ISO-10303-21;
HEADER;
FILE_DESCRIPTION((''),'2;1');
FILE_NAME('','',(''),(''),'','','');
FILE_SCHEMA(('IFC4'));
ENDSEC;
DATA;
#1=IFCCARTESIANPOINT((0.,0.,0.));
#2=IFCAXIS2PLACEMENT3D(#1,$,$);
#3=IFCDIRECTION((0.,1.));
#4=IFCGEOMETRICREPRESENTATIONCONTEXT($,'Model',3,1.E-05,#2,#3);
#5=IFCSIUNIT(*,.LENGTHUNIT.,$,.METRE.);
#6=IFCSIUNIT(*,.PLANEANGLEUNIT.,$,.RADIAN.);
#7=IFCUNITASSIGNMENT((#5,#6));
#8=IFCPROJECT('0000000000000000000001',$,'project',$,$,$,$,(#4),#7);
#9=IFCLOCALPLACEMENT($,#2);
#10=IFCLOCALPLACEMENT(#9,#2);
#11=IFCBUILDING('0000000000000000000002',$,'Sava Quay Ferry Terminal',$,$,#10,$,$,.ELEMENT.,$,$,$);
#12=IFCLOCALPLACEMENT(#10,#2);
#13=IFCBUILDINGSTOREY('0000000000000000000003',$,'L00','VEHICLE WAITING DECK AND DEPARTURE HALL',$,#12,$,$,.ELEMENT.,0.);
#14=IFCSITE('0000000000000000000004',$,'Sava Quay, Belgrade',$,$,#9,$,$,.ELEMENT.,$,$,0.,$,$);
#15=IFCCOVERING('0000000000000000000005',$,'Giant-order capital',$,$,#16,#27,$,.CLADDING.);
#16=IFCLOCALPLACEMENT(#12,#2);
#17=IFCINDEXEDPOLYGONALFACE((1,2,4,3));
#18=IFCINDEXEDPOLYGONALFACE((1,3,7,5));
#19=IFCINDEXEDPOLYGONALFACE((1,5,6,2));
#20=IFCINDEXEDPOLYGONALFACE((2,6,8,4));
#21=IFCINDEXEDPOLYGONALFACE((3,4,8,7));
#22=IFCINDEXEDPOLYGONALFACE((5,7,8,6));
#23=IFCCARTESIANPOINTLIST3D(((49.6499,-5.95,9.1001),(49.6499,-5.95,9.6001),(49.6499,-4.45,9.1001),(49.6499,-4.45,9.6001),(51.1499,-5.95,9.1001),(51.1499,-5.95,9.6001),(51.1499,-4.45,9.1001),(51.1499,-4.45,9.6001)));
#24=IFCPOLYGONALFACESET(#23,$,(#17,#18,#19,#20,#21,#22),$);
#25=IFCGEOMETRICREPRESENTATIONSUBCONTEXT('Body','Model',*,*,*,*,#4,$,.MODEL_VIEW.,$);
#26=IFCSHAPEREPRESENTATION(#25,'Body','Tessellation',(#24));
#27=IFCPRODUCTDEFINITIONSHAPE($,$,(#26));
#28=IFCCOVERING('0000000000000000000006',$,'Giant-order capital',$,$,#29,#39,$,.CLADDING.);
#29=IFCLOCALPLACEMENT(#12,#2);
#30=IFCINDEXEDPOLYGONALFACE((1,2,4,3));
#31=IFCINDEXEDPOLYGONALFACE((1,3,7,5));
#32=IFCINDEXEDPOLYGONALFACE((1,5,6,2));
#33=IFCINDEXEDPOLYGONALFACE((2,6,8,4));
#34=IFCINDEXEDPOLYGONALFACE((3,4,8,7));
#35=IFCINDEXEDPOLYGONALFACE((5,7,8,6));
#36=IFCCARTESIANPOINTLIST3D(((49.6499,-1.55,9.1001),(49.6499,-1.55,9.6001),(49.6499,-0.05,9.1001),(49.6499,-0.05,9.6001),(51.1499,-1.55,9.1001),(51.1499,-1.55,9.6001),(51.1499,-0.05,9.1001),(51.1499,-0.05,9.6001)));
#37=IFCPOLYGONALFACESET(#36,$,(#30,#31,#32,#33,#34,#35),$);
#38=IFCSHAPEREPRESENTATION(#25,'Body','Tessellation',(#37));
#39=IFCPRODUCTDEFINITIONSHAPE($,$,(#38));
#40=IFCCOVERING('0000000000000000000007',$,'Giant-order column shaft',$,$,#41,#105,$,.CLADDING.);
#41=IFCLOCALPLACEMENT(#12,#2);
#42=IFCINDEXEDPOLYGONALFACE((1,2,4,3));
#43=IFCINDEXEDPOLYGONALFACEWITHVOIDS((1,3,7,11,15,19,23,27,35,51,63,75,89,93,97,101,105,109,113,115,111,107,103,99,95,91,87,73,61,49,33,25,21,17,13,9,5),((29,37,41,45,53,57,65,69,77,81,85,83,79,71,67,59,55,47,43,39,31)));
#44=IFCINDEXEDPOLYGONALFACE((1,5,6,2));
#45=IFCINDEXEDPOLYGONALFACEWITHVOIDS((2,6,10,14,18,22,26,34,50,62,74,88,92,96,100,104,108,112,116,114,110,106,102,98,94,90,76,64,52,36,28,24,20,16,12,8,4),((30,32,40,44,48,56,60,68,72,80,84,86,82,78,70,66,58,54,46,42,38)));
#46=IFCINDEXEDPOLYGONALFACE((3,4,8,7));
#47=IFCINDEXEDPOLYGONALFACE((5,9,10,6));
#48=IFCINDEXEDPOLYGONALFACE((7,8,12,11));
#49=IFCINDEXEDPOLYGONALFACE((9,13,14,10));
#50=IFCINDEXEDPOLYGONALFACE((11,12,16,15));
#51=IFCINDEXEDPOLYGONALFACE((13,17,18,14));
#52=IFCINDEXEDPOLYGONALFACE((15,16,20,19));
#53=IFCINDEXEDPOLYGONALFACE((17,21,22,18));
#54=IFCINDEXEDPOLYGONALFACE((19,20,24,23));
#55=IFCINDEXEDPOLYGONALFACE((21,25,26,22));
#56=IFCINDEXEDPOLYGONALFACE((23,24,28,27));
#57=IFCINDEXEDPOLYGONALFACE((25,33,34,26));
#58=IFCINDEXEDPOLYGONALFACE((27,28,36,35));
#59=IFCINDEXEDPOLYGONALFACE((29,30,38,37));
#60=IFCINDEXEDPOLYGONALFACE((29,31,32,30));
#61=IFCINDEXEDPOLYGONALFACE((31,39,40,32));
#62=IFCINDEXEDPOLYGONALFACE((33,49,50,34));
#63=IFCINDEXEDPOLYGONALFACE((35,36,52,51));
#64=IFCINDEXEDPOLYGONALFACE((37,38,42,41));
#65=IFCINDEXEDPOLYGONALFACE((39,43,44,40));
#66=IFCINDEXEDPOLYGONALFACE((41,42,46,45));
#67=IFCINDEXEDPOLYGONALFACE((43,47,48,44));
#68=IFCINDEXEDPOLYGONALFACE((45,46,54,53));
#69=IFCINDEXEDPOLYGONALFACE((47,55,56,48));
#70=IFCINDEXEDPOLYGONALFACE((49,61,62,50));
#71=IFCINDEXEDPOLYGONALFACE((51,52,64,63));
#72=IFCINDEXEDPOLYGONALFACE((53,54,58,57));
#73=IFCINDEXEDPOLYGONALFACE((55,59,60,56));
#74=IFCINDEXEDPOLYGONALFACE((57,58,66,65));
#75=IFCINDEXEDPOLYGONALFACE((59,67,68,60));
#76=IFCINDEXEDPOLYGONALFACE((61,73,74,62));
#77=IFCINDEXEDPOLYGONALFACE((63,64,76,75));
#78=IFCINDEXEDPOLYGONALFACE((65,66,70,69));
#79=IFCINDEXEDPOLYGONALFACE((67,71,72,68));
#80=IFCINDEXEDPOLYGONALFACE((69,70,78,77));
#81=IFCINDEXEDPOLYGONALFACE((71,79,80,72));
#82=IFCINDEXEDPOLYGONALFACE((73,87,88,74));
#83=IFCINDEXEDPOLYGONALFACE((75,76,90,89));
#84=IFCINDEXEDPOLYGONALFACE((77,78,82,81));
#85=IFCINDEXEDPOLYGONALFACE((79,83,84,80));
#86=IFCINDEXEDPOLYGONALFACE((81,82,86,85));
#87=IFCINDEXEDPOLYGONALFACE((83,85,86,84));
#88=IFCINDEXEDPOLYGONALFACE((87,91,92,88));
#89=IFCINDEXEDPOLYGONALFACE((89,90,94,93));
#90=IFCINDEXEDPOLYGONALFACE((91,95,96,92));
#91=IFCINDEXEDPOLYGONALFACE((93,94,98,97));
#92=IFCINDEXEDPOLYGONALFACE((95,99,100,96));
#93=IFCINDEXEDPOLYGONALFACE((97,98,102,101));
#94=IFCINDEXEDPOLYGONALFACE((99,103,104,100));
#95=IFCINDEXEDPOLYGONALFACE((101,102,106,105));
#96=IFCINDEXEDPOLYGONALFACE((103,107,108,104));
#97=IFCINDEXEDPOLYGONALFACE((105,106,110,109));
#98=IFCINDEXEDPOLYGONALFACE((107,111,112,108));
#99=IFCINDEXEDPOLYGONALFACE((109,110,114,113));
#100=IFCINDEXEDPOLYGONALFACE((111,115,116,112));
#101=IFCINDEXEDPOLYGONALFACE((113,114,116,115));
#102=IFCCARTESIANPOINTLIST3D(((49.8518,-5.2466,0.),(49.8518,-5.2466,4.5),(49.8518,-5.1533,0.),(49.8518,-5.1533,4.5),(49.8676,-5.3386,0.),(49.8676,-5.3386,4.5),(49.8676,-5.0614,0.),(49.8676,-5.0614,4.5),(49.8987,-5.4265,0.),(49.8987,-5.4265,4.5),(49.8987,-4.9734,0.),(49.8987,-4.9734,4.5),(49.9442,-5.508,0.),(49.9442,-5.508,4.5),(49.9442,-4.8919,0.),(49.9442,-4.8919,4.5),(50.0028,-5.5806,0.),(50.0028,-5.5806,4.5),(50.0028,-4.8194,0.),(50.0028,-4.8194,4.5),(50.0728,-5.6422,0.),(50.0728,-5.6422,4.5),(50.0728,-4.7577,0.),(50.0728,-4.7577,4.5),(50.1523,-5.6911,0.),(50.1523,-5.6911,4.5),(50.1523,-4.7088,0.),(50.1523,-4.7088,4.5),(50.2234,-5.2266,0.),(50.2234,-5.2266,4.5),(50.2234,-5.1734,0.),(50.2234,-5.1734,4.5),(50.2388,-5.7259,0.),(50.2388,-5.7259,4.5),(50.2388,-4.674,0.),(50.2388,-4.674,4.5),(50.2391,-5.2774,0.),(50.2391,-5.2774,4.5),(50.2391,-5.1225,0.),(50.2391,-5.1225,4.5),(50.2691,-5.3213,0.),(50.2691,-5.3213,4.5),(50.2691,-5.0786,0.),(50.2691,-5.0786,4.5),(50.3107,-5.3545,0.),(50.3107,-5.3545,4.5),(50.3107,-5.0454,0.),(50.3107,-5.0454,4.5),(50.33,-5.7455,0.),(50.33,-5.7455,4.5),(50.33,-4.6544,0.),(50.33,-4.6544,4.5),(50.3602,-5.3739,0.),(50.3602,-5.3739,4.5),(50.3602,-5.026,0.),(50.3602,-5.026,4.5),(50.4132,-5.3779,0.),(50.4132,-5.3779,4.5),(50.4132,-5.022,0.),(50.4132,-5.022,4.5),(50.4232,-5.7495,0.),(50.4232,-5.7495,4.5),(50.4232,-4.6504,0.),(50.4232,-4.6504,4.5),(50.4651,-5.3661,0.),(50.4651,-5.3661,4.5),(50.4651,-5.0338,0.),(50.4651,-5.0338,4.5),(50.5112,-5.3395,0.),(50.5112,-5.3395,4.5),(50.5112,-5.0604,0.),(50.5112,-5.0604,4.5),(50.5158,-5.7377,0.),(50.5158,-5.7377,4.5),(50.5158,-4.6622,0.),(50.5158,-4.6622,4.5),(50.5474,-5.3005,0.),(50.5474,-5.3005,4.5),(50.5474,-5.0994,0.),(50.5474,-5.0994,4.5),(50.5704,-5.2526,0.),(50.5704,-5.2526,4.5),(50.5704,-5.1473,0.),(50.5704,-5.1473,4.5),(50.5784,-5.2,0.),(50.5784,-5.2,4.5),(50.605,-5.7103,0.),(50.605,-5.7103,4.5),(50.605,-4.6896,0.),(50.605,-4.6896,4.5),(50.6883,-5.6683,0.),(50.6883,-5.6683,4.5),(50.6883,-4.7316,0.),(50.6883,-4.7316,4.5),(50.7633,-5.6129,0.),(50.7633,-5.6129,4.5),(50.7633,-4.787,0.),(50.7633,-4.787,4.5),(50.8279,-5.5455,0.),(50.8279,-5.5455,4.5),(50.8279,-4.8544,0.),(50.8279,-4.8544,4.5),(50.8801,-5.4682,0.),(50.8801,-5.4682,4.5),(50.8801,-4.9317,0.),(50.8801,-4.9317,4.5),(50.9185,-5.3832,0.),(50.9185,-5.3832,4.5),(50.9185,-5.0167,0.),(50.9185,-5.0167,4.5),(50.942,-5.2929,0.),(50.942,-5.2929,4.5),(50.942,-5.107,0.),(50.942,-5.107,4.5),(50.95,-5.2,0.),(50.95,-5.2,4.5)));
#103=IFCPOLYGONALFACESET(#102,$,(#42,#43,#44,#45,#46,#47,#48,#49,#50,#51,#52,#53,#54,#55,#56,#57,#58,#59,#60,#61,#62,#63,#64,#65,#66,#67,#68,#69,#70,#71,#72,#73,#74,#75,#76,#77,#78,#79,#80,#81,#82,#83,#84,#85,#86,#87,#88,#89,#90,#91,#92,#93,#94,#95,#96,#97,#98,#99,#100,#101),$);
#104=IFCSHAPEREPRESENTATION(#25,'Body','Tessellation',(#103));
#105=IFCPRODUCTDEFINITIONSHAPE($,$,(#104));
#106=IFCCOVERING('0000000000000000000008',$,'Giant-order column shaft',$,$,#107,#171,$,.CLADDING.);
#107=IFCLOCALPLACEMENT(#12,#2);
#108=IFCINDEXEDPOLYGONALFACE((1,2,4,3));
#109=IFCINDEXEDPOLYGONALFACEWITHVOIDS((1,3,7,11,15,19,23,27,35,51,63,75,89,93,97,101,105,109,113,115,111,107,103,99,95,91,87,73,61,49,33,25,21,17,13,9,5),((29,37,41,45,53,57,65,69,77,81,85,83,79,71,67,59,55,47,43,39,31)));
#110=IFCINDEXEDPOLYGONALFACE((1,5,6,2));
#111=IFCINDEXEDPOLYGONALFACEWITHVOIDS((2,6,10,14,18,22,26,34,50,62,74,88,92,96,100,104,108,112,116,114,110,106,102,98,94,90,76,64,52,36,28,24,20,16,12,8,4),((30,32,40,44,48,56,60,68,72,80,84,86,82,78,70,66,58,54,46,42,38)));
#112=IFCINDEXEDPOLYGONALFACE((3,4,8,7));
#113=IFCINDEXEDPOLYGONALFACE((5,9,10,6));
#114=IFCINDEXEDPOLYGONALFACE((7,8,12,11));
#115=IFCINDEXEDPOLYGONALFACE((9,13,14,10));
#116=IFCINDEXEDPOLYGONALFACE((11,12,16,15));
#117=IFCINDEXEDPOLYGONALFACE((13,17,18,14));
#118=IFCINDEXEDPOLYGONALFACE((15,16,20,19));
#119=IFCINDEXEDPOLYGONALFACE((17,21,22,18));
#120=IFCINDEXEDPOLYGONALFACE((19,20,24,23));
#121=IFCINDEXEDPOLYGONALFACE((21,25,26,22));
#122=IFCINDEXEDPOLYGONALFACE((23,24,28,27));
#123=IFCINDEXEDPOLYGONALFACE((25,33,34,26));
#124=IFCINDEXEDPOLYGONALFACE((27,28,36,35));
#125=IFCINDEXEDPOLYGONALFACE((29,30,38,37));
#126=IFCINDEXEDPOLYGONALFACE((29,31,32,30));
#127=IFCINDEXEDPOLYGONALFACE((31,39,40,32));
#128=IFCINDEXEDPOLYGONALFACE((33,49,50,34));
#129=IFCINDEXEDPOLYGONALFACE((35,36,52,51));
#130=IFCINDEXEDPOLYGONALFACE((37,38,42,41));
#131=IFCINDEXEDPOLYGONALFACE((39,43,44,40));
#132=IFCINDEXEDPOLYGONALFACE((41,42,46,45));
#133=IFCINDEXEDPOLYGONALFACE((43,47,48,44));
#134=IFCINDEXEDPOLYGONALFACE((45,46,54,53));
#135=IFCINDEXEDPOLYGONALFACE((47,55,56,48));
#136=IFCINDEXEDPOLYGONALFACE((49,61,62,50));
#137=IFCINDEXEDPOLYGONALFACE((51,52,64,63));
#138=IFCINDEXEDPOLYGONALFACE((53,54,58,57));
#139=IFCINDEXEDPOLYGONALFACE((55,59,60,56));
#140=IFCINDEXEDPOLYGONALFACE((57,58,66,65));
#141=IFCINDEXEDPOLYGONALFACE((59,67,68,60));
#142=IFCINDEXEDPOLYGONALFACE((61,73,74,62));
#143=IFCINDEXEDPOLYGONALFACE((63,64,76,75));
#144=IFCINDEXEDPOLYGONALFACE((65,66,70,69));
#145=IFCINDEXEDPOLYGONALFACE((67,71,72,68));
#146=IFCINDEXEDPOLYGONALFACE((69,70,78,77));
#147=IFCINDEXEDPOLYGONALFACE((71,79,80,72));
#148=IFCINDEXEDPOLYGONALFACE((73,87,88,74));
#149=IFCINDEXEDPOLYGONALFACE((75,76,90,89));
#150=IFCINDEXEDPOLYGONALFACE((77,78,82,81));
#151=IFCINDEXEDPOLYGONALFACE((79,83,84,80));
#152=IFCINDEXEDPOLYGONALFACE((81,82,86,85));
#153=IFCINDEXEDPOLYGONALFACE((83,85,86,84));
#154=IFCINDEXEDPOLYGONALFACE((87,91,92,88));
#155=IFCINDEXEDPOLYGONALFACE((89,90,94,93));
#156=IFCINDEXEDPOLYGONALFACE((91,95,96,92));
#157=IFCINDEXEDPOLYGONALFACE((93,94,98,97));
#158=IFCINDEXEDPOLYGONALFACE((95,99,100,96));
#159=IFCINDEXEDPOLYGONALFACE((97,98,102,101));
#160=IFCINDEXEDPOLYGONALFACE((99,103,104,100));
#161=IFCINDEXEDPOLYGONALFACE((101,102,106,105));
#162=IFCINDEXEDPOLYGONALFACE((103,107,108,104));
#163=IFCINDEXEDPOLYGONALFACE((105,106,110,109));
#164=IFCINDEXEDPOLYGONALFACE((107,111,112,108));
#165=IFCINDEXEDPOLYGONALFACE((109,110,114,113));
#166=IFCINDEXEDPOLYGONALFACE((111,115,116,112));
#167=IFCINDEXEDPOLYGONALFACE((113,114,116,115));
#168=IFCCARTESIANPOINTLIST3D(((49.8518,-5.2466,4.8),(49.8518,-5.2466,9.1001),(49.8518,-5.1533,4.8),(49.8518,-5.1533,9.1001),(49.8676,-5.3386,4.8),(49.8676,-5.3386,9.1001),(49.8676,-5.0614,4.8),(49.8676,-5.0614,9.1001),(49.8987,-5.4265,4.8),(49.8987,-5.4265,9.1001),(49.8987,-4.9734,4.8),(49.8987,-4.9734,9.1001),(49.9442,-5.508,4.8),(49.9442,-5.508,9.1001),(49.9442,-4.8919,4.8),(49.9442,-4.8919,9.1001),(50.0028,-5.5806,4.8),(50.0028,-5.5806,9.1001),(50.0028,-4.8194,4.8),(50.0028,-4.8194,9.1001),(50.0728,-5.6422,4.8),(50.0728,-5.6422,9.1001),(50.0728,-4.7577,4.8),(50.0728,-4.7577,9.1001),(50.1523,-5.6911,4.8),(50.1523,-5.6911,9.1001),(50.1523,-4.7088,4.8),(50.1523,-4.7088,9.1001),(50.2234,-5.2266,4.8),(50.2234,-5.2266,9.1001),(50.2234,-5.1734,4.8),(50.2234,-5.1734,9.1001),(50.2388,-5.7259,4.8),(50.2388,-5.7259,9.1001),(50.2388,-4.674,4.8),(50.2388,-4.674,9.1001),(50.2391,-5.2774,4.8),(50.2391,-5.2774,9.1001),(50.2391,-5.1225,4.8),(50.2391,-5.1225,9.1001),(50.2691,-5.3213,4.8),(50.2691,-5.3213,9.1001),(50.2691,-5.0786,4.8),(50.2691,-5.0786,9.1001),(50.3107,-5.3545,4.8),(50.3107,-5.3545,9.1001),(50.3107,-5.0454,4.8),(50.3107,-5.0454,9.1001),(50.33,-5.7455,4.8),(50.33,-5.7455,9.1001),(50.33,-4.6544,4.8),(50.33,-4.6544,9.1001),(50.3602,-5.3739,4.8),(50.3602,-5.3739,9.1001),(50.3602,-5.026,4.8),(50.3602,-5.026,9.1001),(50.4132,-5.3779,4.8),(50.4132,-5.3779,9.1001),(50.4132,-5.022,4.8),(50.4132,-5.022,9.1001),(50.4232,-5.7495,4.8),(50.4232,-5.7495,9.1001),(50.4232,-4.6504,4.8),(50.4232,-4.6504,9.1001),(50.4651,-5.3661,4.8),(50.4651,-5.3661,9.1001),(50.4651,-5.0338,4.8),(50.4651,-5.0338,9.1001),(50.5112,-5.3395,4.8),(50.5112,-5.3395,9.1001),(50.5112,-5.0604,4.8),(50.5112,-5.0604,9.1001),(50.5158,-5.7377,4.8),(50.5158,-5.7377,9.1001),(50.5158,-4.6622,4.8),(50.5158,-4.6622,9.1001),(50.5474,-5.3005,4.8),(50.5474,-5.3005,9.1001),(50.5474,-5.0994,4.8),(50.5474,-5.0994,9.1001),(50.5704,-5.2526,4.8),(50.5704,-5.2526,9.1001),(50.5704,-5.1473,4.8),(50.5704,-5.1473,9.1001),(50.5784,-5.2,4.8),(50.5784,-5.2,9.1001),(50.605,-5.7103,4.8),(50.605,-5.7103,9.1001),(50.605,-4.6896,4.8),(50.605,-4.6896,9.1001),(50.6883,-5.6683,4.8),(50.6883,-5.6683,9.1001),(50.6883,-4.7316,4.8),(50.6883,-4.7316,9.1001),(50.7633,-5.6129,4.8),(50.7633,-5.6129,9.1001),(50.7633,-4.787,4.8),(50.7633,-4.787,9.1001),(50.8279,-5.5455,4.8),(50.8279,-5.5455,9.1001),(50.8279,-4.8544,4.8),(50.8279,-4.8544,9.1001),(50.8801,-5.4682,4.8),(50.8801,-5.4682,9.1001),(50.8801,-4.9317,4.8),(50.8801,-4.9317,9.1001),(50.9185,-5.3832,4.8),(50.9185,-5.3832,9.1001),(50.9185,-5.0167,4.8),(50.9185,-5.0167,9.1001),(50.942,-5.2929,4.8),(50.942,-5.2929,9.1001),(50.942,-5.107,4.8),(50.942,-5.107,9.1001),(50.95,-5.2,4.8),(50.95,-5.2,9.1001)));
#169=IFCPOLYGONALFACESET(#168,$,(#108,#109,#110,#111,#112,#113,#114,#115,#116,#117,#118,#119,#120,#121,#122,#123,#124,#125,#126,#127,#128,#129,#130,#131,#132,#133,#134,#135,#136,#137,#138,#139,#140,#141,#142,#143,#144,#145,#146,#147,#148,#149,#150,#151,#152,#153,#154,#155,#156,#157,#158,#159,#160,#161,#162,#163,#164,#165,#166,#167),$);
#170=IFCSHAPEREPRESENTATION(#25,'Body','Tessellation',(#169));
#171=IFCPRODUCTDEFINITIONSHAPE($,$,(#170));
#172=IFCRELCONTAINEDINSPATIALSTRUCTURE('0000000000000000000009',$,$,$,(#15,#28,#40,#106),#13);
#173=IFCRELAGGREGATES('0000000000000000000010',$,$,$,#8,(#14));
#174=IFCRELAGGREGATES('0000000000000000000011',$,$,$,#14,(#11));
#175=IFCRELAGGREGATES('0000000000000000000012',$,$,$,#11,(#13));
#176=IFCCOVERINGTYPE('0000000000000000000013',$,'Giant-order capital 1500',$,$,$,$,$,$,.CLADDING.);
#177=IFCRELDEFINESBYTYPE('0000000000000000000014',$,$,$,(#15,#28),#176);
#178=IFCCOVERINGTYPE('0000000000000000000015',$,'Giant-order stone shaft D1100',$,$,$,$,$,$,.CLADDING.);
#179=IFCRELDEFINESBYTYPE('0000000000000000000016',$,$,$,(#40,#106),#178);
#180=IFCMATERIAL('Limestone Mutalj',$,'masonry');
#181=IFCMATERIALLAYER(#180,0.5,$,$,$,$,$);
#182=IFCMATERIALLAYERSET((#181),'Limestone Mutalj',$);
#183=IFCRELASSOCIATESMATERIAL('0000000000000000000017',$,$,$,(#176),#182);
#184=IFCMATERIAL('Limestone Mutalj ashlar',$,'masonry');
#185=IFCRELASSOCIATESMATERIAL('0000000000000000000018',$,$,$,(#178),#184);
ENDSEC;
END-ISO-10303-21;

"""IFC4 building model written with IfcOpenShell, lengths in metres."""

from ifc_helpers import new_model, si_unit, direction, frame, origin, origin_2d, place, context, subcontext, project, spatial, rectangle, hollow_circle, extrude, material, layer, layer_set, material_profile, profile_set, type_object, element, save


model = new_model("IFC4")

# Units and contexts
model_context = context("Model", 3, precision=1e-05, world=origin(), true_north=direction((0.0, 1.0)))
body_context = subcontext(model_context, "Body", "Model", "MODEL_VIEW")
ifc_project = project(units=[si_unit("LENGTHUNIT", "METRE"), si_unit("PLANEANGLEUNIT", "RADIAN")], contexts=[model_context])

# Site, building, storey
site_placement = place(None, origin())
site = spatial("IfcSite", under=ifc_project, at=site_placement, Name="Sava Quay, Belgrade", CompositionType="ELEMENT", RefElevation=0.0)
building_placement = place(site_placement, origin())
building = spatial("IfcBuilding", under=site, at=building_placement, Name="Sava Quay Ferry Terminal", CompositionType="ELEMENT")
storey_placement = place(building_placement, origin())
storey = spatial("IfcBuildingStorey", under=building, at=storey_placement, Name="L00", Description="VEHICLE WAITING DECK AND DEPARTURE HALL", CompositionType="ELEMENT", Elevation=0.0)

# Coverings
ifc_material_1 = material(Name="Limestone Mutalj", Category="masonry")
ifc_layer_1 = layer(ifc_material_1, 0.5)
ifc_layer_set_1 = layer_set([ifc_layer_1], Name="Limestone Mutalj")
covering_type_1 = type_object("IfcCoveringType", Name="Giant-order capital 1500", PredefinedType="CLADDING", material=ifc_layer_set_1)
for number, where, z_axis, x_axis, name in (
    (1, (50.3999, -5.2, 9.1001), (0.0, 0.0, 1.0), (1.0, 0.0, 0.0), "Giant-order capital"),
    (2, (50.3999, -0.8, 9.1001), (0.0, 0.0, 1.0), (1.0, 0.0, 0.0), "Giant-order capital"),
):
    element("IfcCovering", number, at=place(storey_placement, frame(where, z_axis=z_axis, x_axis=x_axis)), inside=storey, type_object=covering_type_1, Name=name, PredefinedType="CLADDING", context=body_context, shape_type="SweptSolid", body=[
        extrude(rectangle(XDim=1.5, YDim=1.5, at=origin_2d()), origin(), (0.0, 0.0, 1.0), 0.5),
    ])
ifc_material_2 = material(Name="Limestone Mutalj ashlar", Category="masonry")
ifc_material_profile_1 = material_profile(ifc_material_2, hollow_circle(Radius=0.55, WallThickness=0.3716, at=origin_2d()), Name="Stone shaft D1100")
ifc_profile_set_1 = profile_set([ifc_material_profile_1], Name="Limestone Mutalj ashlar")
covering_type_2 = type_object("IfcCoveringType", Name="Giant-order stone shaft D1100", PredefinedType="CLADDING", material=ifc_profile_set_1)
covering_1_placement = place(storey_placement, frame((50.3999, -5.2, 0.0), z_axis=(0.0, 0.0, 1.0), x_axis=(1.0, 0.0, 0.0)))
element("IfcCovering", 3, at=covering_1_placement, inside=storey, type_object=covering_type_2, Name="Giant-order column shaft", PredefinedType="CLADDING", context=body_context, shape_type="SweptSolid", body=[
    extrude(hollow_circle(Radius=0.55, WallThickness=0.3716, at=origin_2d()), origin(), (0.0, 0.0, 1.0), 4.5),
])
covering_2_placement = place(storey_placement, frame((50.3999, -5.2, 4.8), z_axis=(0.0, 0.0, 1.0), x_axis=(1.0, 0.0, 0.0)))
element("IfcCovering", 4, at=covering_2_placement, inside=storey, type_object=covering_type_2, Name="Giant-order column shaft", PredefinedType="CLADDING", context=body_context, shape_type="SweptSolid", body=[
    extrude(hollow_circle(Radius=0.55, WallThickness=0.3716, at=origin_2d()), origin(), (0.0, 0.0, 1.0), 4.3),
])

save(model, "model.ifc")
